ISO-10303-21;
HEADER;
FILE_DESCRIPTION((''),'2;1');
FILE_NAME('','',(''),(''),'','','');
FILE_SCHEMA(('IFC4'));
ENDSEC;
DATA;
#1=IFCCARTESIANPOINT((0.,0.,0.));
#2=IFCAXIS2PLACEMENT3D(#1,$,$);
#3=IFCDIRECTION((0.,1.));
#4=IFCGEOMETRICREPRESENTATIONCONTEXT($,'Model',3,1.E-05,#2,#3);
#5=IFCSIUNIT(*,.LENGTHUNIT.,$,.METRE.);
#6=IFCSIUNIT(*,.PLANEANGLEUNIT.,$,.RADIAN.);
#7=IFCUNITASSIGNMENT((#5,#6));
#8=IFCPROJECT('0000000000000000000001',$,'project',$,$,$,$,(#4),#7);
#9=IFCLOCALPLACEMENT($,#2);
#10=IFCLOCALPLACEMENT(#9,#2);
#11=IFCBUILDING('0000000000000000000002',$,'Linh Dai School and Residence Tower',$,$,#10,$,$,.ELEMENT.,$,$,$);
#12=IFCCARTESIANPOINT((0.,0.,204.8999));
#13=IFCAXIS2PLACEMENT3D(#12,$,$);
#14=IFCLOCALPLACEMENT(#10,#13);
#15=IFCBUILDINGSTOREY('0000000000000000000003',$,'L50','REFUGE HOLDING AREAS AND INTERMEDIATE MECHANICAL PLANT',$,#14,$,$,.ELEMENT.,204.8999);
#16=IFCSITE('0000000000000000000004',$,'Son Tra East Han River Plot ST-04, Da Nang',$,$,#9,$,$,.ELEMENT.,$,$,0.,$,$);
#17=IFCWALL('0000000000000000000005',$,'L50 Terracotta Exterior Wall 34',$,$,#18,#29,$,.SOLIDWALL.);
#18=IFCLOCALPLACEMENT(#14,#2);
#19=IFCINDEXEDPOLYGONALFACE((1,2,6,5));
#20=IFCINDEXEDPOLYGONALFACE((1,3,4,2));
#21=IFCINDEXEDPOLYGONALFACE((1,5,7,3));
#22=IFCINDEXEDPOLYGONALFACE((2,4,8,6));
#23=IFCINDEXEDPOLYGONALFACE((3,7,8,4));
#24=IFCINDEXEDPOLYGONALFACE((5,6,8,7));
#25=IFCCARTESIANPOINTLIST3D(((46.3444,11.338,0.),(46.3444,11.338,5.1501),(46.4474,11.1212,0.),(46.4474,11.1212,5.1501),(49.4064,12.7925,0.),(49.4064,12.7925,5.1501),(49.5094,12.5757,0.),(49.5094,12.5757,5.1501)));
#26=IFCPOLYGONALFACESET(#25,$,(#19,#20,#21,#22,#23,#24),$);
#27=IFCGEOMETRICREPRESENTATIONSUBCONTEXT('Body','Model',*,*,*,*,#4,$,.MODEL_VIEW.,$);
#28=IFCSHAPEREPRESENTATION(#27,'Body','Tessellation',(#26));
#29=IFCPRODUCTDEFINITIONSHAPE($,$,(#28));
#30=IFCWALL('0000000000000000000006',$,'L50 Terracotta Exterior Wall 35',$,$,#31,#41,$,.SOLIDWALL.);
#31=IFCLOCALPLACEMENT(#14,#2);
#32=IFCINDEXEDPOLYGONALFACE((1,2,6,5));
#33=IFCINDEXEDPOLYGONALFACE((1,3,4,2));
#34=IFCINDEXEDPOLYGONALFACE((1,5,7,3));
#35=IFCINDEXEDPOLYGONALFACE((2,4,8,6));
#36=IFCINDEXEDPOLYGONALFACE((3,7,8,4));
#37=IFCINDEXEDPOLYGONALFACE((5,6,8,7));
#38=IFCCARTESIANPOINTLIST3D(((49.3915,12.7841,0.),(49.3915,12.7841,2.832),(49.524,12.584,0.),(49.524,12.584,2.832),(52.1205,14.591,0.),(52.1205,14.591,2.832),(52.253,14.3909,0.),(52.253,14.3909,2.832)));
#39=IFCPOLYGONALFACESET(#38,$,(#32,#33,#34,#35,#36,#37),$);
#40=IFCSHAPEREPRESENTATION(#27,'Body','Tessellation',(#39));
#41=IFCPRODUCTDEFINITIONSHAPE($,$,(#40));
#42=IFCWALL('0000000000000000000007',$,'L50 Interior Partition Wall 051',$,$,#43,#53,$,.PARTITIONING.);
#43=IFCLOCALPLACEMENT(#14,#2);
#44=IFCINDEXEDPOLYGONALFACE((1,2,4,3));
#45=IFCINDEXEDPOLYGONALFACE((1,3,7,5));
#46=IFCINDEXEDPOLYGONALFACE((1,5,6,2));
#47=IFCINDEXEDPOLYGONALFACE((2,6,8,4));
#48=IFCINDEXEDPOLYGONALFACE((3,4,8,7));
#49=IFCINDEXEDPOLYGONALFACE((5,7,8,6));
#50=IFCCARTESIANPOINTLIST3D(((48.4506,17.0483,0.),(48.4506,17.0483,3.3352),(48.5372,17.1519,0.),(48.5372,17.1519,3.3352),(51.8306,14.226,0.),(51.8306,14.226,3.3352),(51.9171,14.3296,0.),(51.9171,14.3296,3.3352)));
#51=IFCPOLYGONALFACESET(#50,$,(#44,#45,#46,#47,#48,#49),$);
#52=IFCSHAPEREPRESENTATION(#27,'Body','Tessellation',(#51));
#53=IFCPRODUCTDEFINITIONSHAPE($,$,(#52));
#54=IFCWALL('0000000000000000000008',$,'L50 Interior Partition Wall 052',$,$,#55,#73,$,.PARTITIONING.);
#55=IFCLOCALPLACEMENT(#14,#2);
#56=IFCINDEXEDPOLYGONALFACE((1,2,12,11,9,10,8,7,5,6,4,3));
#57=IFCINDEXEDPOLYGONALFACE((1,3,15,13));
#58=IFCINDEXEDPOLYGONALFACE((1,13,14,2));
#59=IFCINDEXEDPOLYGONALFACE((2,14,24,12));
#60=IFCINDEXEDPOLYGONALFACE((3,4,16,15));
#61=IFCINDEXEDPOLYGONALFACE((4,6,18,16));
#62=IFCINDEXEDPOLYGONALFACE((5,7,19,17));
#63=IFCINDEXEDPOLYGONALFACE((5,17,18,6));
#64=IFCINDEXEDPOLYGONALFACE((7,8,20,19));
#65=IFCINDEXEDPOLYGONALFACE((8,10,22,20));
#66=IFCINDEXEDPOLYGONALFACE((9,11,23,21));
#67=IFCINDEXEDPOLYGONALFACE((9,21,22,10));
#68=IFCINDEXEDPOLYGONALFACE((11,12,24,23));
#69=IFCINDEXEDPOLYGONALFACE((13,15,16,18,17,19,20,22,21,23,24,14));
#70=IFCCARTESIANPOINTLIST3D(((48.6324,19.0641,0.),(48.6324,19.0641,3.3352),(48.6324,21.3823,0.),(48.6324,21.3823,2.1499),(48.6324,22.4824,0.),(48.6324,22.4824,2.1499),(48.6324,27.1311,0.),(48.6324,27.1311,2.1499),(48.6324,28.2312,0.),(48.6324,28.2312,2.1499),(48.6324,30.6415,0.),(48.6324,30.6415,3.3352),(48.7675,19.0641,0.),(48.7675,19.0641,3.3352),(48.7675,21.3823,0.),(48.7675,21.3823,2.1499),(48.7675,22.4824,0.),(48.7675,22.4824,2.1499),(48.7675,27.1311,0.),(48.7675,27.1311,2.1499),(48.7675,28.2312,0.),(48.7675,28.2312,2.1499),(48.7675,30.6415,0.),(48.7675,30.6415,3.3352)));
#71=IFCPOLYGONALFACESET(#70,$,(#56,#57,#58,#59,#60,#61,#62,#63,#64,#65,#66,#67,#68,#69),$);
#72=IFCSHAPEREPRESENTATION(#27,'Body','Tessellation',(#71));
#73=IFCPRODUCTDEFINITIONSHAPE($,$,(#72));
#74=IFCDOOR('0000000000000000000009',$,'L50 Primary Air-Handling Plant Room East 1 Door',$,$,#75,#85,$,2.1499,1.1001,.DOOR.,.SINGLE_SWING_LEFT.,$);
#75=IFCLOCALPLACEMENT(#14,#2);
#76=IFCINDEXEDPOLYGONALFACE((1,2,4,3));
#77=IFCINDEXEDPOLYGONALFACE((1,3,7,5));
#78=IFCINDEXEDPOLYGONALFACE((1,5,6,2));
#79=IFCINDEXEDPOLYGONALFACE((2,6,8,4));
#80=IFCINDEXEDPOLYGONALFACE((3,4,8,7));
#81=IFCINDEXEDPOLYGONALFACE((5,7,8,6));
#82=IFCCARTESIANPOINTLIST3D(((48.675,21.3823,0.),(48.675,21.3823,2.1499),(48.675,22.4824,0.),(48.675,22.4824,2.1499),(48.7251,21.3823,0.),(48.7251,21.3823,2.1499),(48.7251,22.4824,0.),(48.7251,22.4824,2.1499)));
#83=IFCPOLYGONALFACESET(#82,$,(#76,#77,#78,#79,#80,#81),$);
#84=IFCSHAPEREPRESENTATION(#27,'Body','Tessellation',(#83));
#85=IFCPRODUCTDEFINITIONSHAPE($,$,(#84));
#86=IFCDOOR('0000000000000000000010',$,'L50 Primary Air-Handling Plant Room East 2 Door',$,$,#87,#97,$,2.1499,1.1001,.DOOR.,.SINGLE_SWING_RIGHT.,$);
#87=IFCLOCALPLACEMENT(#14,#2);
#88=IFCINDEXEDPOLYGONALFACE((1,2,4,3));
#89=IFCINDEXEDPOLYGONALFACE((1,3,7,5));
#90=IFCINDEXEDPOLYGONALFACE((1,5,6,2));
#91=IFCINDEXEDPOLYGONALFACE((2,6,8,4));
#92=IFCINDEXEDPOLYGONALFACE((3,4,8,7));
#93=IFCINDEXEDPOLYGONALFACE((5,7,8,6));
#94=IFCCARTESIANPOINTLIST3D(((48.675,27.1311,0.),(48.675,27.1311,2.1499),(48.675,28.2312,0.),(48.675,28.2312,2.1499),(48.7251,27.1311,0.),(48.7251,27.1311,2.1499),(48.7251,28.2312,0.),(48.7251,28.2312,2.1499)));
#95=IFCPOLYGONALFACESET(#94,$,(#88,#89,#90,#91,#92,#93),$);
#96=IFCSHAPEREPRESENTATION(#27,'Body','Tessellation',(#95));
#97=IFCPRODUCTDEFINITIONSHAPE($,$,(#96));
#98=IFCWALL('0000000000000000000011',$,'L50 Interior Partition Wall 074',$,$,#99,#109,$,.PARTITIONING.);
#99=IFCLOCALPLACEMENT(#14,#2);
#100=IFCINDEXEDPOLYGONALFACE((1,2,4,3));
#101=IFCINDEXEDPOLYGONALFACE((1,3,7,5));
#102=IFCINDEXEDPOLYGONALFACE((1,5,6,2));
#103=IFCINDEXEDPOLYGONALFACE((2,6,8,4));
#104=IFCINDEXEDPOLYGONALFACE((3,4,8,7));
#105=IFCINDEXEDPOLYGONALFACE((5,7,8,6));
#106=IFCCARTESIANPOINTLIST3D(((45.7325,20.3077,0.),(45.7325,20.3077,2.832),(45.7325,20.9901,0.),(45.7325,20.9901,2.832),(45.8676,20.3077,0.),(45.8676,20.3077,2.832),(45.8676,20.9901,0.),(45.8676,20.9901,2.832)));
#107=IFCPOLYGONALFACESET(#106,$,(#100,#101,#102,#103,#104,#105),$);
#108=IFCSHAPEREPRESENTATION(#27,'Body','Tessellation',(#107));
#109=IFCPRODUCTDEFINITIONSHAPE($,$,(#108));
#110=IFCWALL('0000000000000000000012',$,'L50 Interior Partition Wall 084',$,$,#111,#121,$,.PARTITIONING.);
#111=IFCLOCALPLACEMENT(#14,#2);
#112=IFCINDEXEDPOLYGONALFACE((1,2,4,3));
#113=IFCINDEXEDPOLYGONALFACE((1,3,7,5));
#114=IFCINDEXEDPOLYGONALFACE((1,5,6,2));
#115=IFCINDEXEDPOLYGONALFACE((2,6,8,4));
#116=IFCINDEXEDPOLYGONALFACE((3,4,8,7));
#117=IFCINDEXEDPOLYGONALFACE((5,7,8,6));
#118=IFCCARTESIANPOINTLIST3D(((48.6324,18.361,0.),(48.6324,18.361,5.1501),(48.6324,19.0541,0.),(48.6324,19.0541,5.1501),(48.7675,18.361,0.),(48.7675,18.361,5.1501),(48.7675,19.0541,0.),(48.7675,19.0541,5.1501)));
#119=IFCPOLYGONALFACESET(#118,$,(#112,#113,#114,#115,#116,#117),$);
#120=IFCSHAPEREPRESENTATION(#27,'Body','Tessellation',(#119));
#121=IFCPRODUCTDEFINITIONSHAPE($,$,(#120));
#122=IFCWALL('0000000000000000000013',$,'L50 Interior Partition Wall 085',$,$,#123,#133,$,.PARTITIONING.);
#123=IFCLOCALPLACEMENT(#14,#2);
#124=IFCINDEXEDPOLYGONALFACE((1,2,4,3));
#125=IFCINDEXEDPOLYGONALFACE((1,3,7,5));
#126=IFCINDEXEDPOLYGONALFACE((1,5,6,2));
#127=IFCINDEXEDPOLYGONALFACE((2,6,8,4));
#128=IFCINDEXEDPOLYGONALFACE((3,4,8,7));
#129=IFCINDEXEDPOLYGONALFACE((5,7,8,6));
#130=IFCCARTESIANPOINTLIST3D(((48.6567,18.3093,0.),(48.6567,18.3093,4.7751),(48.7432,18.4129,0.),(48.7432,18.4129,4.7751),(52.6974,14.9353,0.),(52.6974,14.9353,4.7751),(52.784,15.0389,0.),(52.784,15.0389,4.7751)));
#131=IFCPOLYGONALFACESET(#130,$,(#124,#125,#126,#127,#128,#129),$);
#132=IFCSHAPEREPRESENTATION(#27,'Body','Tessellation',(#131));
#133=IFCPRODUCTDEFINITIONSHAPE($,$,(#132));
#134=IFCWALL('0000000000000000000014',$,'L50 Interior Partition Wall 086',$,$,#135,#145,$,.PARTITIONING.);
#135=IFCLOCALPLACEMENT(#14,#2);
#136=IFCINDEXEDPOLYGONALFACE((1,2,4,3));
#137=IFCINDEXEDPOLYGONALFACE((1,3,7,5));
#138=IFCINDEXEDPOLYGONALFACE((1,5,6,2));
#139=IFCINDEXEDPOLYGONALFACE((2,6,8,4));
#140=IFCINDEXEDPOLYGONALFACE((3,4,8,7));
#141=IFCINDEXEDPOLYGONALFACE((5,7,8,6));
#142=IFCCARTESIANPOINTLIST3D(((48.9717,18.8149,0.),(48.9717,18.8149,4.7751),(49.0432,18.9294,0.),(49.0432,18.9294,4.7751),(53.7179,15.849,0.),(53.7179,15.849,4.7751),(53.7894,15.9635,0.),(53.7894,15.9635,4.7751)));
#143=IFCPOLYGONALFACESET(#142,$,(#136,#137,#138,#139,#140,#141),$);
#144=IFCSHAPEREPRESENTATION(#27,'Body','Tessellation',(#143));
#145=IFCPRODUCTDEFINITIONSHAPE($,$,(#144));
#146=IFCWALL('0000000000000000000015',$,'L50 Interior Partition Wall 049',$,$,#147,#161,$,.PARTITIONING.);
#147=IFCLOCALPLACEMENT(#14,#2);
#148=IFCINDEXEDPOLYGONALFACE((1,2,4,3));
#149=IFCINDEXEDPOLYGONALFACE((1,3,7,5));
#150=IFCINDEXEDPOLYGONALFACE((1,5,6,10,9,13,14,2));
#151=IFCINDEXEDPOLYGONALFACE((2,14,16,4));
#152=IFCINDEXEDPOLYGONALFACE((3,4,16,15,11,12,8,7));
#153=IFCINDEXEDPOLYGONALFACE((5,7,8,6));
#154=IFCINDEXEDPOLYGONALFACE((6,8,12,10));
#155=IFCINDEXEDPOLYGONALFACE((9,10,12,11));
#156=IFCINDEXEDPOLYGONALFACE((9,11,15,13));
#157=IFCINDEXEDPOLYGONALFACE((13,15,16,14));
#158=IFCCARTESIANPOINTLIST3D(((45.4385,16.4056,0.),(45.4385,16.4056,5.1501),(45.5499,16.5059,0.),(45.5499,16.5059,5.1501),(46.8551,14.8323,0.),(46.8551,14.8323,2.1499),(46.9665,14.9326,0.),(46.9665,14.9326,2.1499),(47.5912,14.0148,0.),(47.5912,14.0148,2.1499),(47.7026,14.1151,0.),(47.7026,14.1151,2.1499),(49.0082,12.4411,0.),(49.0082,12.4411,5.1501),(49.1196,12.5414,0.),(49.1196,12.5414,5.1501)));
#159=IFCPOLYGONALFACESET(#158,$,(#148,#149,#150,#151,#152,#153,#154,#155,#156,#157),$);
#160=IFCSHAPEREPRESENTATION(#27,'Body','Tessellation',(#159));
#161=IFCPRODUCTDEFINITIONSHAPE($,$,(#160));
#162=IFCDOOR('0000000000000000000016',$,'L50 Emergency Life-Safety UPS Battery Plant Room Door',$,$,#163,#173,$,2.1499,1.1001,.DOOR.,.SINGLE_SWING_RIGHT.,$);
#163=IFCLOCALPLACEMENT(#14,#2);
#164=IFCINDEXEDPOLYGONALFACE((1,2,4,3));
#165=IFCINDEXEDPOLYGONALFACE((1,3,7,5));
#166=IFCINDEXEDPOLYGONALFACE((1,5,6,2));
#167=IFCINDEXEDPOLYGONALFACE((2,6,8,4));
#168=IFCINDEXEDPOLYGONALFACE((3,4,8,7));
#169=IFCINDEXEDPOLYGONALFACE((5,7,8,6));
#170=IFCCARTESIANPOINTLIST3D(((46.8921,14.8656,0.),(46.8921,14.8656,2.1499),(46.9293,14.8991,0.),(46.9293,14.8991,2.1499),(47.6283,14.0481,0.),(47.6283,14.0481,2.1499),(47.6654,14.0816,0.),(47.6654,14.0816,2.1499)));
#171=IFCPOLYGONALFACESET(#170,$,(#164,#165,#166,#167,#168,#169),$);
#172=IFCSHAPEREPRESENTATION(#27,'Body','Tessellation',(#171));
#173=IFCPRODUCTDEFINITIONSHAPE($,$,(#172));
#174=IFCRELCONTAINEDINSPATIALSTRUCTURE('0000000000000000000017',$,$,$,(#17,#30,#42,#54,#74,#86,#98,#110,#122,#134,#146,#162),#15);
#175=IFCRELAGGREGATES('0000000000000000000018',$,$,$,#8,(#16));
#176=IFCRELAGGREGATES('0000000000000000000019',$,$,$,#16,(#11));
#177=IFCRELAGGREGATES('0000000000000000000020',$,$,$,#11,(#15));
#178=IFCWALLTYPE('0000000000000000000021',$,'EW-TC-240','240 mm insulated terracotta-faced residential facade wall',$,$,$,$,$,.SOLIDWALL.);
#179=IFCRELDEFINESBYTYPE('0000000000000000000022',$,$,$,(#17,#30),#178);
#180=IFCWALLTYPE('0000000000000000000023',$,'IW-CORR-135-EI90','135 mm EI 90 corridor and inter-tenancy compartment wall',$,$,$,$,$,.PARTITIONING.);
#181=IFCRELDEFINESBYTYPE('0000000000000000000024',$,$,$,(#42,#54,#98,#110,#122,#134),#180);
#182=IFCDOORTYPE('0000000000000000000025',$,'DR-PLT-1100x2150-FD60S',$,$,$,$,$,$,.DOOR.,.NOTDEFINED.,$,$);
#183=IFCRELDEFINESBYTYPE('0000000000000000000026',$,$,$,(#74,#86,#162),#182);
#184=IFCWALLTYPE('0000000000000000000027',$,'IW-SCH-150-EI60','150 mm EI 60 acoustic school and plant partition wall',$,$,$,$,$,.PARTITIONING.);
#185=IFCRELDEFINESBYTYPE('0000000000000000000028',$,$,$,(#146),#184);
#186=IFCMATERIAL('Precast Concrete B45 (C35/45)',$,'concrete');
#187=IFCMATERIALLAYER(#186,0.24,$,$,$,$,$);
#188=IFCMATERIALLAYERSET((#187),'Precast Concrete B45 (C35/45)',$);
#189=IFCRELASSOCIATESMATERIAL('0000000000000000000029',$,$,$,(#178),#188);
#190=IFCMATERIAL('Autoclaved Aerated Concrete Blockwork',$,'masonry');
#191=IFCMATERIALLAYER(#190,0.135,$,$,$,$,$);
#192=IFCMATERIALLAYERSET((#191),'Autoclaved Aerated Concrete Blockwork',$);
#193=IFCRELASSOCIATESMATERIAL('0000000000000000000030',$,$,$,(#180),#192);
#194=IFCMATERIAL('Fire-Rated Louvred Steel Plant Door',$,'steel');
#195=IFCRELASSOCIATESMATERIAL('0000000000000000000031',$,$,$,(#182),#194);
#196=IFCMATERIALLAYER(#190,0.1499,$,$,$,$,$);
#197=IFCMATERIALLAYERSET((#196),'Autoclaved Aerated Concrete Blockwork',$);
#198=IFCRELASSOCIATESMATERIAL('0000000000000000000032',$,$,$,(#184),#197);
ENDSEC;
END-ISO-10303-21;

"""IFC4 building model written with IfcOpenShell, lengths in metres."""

from ifc_helpers import new_model, si_unit, direction, frame, frame_2d, origin, origin_2d, place, context, subcontext, project, spatial, rectangle, extrude, source, transform, mapped, material, layer, layer_set, type_object, element, fill, save


model = new_model("IFC4")

# Units and contexts
model_context = context("Model", 3, precision=1e-05, world=origin(), true_north=direction((0.0, 1.0)))
body_context = subcontext(model_context, "Body", "Model", "MODEL_VIEW")
ifc_project = project(units=[si_unit("LENGTHUNIT", "METRE"), si_unit("PLANEANGLEUNIT", "RADIAN")], contexts=[model_context])

# Site, building, storey
site_placement = place(None, origin())
site = spatial("IfcSite", under=ifc_project, at=site_placement, Name="Son Tra East Han River Plot ST-04, Da Nang", CompositionType="ELEMENT", RefElevation=0.0)
building_placement = place(site_placement, origin())
building = spatial("IfcBuilding", under=site, at=building_placement, Name="Linh Dai School and Residence Tower", CompositionType="ELEMENT")
storey_placement = place(building_placement, frame((0.0, 0.0, 204.8999)))
storey = spatial("IfcBuildingStorey", under=building, at=storey_placement, Name="L50", Description="REFUGE HOLDING AREAS AND INTERMEDIATE MECHANICAL PLANT", CompositionType="ELEMENT", Elevation=204.8999)

# Walls
ifc_material_1 = material(Name="Precast Concrete B45 (C35/45)", Category="concrete")
ifc_layer_1 = layer(ifc_material_1, 0.24)
ifc_layer_set_1 = layer_set([ifc_layer_1], Name="Precast Concrete B45 (C35/45)")
wall_type_1 = type_object("IfcWallType", Name="EW-TC-240", Description="240 mm insulated terracotta-faced residential facade wall", PredefinedType="SOLIDWALL", material=ifc_layer_set_1)
wall_1_placement = place(storey_placement, frame((49.4578, 12.6841, 0.0), z_axis=(0.0, 0.0, 1.0), x_axis=(-0.903262, -0.429089, 0.0)))
element("IfcWall", 1, at=wall_1_placement, inside=storey, type_object=wall_type_1, Name="L50 Terracotta Exterior Wall 34", PredefinedType="SOLIDWALL", context=body_context, shape_type="SweptSolid", body=[
    extrude(rectangle(XDim=3.3899, YDim=0.24, at=frame_2d((1.6948, 0.0))), origin(), (0.0, 0.0, 1.0), 5.1501),
])
wall_2_placement = place(storey_placement, frame((52.1868, 14.491, 0.0), z_axis=(0.0, 0.0, 1.0), x_axis=(-0.833802, -0.552064, 0.0)))
element("IfcWall", 2, at=wall_2_placement, inside=storey, type_object=wall_type_1, Name="L50 Terracotta Exterior Wall 35", PredefinedType="SOLIDWALL", context=body_context, shape_type="SweptSolid", body=[
    extrude(rectangle(XDim=3.2729, YDim=0.24, at=frame_2d((1.6365, 0.0))), origin(), (0.0, 0.0, 1.0), 2.832),
])

# Shared definitions
ifc_material_2 = material(Name="Autoclaved Aerated Concrete Blockwork", Category="masonry")
ifc_layer_2 = layer(ifc_material_2, 0.135)
ifc_layer_set_2 = layer_set([ifc_layer_2], Name="Autoclaved Aerated Concrete Blockwork")
wall_type_2 = type_object("IfcWallType", Name="IW-CORR-135-EI90", Description="135 mm EI 90 corridor and inter-tenancy compartment wall", PredefinedType="PARTITIONING", material=ifc_layer_set_2)
ifc_material_3 = material(Name="Fire-Rated Louvred Steel Plant Door", Category="steel")
door_type = type_object("IfcDoorType", Name="DR-PLT-1100x2150-FD60S", OperationType="NOTDEFINED", PredefinedType="DOOR", material=ifc_material_3)
shared_shape_1 = source(origin(), body_context, "Body", "SweptSolid", [
    extrude(rectangle(XDim=1.1001, YDim=2.1499, at=origin_2d()), frame((0.55, 0.0249, 1.075), z_axis=(0.0, -1.0, 0.0), x_axis=(1.0, 0.0, 0.0)), (0.0, 0.0, 1.0), 0.05),
])

# Wall
wall_3_placement = place(storey_placement, frame((48.4939, 17.1001, 0.0), z_axis=(0.0, 0.0, 1.0), x_axis=(0.767585, -0.640948, 0.0)))
element("IfcWall", 3, at=wall_3_placement, inside=storey, type_object=wall_type_2, Name="L50 Interior Partition Wall 051", PredefinedType="PARTITIONING", context=body_context, shape_type="SweptSolid", body=[
    extrude(rectangle(XDim=4.4033, YDim=0.135, at=frame_2d((2.2017, 0.0))), origin(), (0.0, 0.0, 1.0), 3.3352),
])

# Wall, openings, doors
wall_4_placement = place(storey_placement, frame((48.7, 19.0642, 0.0), z_axis=(0.0, 0.0, 1.0), x_axis=(0.0, 1.0, 0.0)))
wall_4 = element("IfcWall", 4, at=wall_4_placement, inside=storey, type_object=wall_type_2, Name="L50 Interior Partition Wall 052", PredefinedType="PARTITIONING", context=body_context, shape_type="SweptSolid", body=[
    extrude(rectangle(XDim=11.5774, YDim=0.135, at=frame_2d((5.7886, 0.0))), origin(), (0.0, 0.0, 1.0), 3.3352),
])
opening_1_placement = place(wall_4_placement, frame((2.3181, 0.0, 0.0)))
opening_1 = element("IfcOpeningElement", 5, at=opening_1_placement, cuts=wall_4, PredefinedType="OPENING", context=body_context, shape_type="SweptSolid", body=[
    extrude(rectangle(XDim=1.1001, YDim=2.1499, at=origin_2d()), frame((0.55, 0.0776, 1.075), z_axis=(0.0, -1.0, 0.0), x_axis=(1.0, 0.0, 0.0)), (0.0, 0.0, 1.0), 0.155),
])
opening_2_placement = place(wall_4_placement, frame((8.0669, 0.0, 0.0)))
opening_2 = element("IfcOpeningElement", 6, at=opening_2_placement, cuts=wall_4, PredefinedType="OPENING", context=body_context, shape_type="SweptSolid", body=[
    extrude(rectangle(XDim=1.1001, YDim=2.1499, at=origin_2d()), frame((0.55, 0.0776, 1.075), z_axis=(0.0, -1.0, 0.0), x_axis=(1.0, 0.0, 0.0)), (0.0, 0.0, 1.0), 0.155),
])
door_1_placement = place(opening_1_placement, origin())
door_1 = element("IfcDoor", 7, at=door_1_placement, inside=storey, type_object=door_type, Name="L50 Primary Air-Handling Plant Room East 1 Door", OperationType="SINGLE_SWING_LEFT", OverallHeight=2.1499, OverallWidth=1.1001, PredefinedType="DOOR", context=body_context, shape_type="MappedRepresentation", body=[
    mapped(shared_shape_1, transform((0.0, 0.0, 0.0), x_axis=(1.0, 0.0, 0.0), y_axis=(0.0, 1.0, 0.0), z_axis=(0.0, 0.0, 1.0), scale=1.0)),
])
fill(opening_1, door_1)
door_2_placement = place(opening_2_placement, origin())
door_2 = element("IfcDoor", 8, at=door_2_placement, inside=storey, type_object=door_type, Name="L50 Primary Air-Handling Plant Room East 2 Door", OperationType="SINGLE_SWING_RIGHT", OverallHeight=2.1499, OverallWidth=1.1001, PredefinedType="DOOR", context=body_context, shape_type="MappedRepresentation", body=[
    mapped(shared_shape_1, transform((0.0, 0.0, 0.0), x_axis=(1.0, 0.0, 0.0), y_axis=(0.0, 1.0, 0.0), z_axis=(0.0, 0.0, 1.0), scale=1.0)),
])
fill(opening_2, door_2)

# Walls
wall_5_placement = place(storey_placement, frame((45.8, 20.3076, 0.0), z_axis=(0.0, 0.0, 1.0), x_axis=(0.0, 1.0, 0.0)))
element("IfcWall", 9, at=wall_5_placement, inside=storey, type_object=wall_type_2, Name="L50 Interior Partition Wall 074", PredefinedType="PARTITIONING", context=body_context, shape_type="SweptSolid", body=[
    extrude(rectangle(XDim=0.6824, YDim=0.135, at=frame_2d((0.3413, 0.0))), origin(), (0.0, 0.0, 1.0), 2.832),
])
wall_6_placement = place(storey_placement, frame((48.7, 19.0542, 0.0), z_axis=(0.0, 0.0, 1.0), x_axis=(0.0, -1.0, 0.0)))
element("IfcWall", 10, at=wall_6_placement, inside=storey, type_object=wall_type_2, Name="L50 Interior Partition Wall 084", PredefinedType="PARTITIONING", context=body_context, shape_type="SweptSolid", body=[
    extrude(rectangle(XDim=0.6931, YDim=0.135, at=frame_2d((0.3467, 0.0))), origin(), (0.0, 0.0, 1.0), 5.1501),
])
wall_7_placement = place(storey_placement, frame((48.7, 18.3611, 0.0), z_axis=(0.0, 0.0, 1.0), x_axis=(0.767594, -0.640937, 0.0)))
element("IfcWall", 11, at=wall_7_placement, inside=storey, type_object=wall_type_2, Name="L50 Interior Partition Wall 085", PredefinedType="PARTITIONING", context=body_context, shape_type="SweptSolid", body=[
    extrude(rectangle(XDim=5.2642, YDim=0.135, at=frame_2d((2.6321, 0.0))), origin(), (0.0, 0.0, 1.0), 4.7751),
])
wall_8_placement = place(storey_placement, frame((53.7537, 15.9062, 0.0), z_axis=(0.0, 0.0, 1.0), x_axis=(-0.848038, 0.529936, 0.0)))
element("IfcWall", 12, at=wall_8_placement, inside=storey, type_object=wall_type_2, Name="L50 Interior Partition Wall 086", PredefinedType="PARTITIONING", context=body_context, shape_type="SweptSolid", body=[
    extrude(rectangle(XDim=5.5967, YDim=0.135, at=frame_2d((2.7983, 0.0))), origin(), (0.0, 0.0, 1.0), 4.7751),
])

# Wall, opening, door
ifc_layer_3 = layer(ifc_material_2, 0.1499)
ifc_layer_set_3 = layer_set([ifc_layer_3], Name="Autoclaved Aerated Concrete Blockwork")
wall_type_3 = type_object("IfcWallType", Name="IW-SCH-150-EI60", Description="150 mm EI 60 acoustic school and plant partition wall", PredefinedType="PARTITIONING", material=ifc_layer_set_3)
wall_9_placement = place(storey_placement, frame((45.4941, 16.4558, 0.0), z_axis=(0.0, 0.0, 1.0), x_axis=(0.669137, -0.743139, 0.0)))
wall_9 = element("IfcWall", 13, at=wall_9_placement, inside=storey, type_object=wall_type_3, Name="L50 Interior Partition Wall 049", PredefinedType="PARTITIONING", context=body_context, shape_type="SweptSolid", body=[
    extrude(rectangle(XDim=5.3347, YDim=0.1499, at=frame_2d((2.6675, 0.0))), origin(), (0.0, 0.0, 1.0), 5.1501),
])
opening_3_placement = place(wall_9_placement, frame((2.1172, 0.0, 0.0)))
opening_3 = element("IfcOpeningElement", 14, at=opening_3_placement, cuts=wall_9, PredefinedType="OPENING", context=body_context, shape_type="SweptSolid", body=[
    extrude(rectangle(XDim=1.1001, YDim=2.1499, at=origin_2d()), frame((0.55, 0.085, 1.075), z_axis=(0.0, -1.0, 0.0), x_axis=(1.0, 0.0, 0.0)), (0.0, 0.0, 1.0), 0.1699),
])
door_3_placement = place(opening_3_placement, origin())
door_3 = element("IfcDoor", 15, at=door_3_placement, inside=storey, type_object=door_type, Name="L50 Emergency Life-Safety UPS Battery Plant Room Door", OperationType="SINGLE_SWING_RIGHT", OverallHeight=2.1499, OverallWidth=1.1001, PredefinedType="DOOR", context=body_context, shape_type="MappedRepresentation", body=[
    mapped(shared_shape_1, transform((0.0, 0.0, 0.0), x_axis=(1.0, 0.0, 0.0), y_axis=(0.0, 1.0, 0.0), z_axis=(0.0, 0.0, 1.0), scale=1.0)),
])
fill(opening_3, door_3)

save(model, "model.ifc")
